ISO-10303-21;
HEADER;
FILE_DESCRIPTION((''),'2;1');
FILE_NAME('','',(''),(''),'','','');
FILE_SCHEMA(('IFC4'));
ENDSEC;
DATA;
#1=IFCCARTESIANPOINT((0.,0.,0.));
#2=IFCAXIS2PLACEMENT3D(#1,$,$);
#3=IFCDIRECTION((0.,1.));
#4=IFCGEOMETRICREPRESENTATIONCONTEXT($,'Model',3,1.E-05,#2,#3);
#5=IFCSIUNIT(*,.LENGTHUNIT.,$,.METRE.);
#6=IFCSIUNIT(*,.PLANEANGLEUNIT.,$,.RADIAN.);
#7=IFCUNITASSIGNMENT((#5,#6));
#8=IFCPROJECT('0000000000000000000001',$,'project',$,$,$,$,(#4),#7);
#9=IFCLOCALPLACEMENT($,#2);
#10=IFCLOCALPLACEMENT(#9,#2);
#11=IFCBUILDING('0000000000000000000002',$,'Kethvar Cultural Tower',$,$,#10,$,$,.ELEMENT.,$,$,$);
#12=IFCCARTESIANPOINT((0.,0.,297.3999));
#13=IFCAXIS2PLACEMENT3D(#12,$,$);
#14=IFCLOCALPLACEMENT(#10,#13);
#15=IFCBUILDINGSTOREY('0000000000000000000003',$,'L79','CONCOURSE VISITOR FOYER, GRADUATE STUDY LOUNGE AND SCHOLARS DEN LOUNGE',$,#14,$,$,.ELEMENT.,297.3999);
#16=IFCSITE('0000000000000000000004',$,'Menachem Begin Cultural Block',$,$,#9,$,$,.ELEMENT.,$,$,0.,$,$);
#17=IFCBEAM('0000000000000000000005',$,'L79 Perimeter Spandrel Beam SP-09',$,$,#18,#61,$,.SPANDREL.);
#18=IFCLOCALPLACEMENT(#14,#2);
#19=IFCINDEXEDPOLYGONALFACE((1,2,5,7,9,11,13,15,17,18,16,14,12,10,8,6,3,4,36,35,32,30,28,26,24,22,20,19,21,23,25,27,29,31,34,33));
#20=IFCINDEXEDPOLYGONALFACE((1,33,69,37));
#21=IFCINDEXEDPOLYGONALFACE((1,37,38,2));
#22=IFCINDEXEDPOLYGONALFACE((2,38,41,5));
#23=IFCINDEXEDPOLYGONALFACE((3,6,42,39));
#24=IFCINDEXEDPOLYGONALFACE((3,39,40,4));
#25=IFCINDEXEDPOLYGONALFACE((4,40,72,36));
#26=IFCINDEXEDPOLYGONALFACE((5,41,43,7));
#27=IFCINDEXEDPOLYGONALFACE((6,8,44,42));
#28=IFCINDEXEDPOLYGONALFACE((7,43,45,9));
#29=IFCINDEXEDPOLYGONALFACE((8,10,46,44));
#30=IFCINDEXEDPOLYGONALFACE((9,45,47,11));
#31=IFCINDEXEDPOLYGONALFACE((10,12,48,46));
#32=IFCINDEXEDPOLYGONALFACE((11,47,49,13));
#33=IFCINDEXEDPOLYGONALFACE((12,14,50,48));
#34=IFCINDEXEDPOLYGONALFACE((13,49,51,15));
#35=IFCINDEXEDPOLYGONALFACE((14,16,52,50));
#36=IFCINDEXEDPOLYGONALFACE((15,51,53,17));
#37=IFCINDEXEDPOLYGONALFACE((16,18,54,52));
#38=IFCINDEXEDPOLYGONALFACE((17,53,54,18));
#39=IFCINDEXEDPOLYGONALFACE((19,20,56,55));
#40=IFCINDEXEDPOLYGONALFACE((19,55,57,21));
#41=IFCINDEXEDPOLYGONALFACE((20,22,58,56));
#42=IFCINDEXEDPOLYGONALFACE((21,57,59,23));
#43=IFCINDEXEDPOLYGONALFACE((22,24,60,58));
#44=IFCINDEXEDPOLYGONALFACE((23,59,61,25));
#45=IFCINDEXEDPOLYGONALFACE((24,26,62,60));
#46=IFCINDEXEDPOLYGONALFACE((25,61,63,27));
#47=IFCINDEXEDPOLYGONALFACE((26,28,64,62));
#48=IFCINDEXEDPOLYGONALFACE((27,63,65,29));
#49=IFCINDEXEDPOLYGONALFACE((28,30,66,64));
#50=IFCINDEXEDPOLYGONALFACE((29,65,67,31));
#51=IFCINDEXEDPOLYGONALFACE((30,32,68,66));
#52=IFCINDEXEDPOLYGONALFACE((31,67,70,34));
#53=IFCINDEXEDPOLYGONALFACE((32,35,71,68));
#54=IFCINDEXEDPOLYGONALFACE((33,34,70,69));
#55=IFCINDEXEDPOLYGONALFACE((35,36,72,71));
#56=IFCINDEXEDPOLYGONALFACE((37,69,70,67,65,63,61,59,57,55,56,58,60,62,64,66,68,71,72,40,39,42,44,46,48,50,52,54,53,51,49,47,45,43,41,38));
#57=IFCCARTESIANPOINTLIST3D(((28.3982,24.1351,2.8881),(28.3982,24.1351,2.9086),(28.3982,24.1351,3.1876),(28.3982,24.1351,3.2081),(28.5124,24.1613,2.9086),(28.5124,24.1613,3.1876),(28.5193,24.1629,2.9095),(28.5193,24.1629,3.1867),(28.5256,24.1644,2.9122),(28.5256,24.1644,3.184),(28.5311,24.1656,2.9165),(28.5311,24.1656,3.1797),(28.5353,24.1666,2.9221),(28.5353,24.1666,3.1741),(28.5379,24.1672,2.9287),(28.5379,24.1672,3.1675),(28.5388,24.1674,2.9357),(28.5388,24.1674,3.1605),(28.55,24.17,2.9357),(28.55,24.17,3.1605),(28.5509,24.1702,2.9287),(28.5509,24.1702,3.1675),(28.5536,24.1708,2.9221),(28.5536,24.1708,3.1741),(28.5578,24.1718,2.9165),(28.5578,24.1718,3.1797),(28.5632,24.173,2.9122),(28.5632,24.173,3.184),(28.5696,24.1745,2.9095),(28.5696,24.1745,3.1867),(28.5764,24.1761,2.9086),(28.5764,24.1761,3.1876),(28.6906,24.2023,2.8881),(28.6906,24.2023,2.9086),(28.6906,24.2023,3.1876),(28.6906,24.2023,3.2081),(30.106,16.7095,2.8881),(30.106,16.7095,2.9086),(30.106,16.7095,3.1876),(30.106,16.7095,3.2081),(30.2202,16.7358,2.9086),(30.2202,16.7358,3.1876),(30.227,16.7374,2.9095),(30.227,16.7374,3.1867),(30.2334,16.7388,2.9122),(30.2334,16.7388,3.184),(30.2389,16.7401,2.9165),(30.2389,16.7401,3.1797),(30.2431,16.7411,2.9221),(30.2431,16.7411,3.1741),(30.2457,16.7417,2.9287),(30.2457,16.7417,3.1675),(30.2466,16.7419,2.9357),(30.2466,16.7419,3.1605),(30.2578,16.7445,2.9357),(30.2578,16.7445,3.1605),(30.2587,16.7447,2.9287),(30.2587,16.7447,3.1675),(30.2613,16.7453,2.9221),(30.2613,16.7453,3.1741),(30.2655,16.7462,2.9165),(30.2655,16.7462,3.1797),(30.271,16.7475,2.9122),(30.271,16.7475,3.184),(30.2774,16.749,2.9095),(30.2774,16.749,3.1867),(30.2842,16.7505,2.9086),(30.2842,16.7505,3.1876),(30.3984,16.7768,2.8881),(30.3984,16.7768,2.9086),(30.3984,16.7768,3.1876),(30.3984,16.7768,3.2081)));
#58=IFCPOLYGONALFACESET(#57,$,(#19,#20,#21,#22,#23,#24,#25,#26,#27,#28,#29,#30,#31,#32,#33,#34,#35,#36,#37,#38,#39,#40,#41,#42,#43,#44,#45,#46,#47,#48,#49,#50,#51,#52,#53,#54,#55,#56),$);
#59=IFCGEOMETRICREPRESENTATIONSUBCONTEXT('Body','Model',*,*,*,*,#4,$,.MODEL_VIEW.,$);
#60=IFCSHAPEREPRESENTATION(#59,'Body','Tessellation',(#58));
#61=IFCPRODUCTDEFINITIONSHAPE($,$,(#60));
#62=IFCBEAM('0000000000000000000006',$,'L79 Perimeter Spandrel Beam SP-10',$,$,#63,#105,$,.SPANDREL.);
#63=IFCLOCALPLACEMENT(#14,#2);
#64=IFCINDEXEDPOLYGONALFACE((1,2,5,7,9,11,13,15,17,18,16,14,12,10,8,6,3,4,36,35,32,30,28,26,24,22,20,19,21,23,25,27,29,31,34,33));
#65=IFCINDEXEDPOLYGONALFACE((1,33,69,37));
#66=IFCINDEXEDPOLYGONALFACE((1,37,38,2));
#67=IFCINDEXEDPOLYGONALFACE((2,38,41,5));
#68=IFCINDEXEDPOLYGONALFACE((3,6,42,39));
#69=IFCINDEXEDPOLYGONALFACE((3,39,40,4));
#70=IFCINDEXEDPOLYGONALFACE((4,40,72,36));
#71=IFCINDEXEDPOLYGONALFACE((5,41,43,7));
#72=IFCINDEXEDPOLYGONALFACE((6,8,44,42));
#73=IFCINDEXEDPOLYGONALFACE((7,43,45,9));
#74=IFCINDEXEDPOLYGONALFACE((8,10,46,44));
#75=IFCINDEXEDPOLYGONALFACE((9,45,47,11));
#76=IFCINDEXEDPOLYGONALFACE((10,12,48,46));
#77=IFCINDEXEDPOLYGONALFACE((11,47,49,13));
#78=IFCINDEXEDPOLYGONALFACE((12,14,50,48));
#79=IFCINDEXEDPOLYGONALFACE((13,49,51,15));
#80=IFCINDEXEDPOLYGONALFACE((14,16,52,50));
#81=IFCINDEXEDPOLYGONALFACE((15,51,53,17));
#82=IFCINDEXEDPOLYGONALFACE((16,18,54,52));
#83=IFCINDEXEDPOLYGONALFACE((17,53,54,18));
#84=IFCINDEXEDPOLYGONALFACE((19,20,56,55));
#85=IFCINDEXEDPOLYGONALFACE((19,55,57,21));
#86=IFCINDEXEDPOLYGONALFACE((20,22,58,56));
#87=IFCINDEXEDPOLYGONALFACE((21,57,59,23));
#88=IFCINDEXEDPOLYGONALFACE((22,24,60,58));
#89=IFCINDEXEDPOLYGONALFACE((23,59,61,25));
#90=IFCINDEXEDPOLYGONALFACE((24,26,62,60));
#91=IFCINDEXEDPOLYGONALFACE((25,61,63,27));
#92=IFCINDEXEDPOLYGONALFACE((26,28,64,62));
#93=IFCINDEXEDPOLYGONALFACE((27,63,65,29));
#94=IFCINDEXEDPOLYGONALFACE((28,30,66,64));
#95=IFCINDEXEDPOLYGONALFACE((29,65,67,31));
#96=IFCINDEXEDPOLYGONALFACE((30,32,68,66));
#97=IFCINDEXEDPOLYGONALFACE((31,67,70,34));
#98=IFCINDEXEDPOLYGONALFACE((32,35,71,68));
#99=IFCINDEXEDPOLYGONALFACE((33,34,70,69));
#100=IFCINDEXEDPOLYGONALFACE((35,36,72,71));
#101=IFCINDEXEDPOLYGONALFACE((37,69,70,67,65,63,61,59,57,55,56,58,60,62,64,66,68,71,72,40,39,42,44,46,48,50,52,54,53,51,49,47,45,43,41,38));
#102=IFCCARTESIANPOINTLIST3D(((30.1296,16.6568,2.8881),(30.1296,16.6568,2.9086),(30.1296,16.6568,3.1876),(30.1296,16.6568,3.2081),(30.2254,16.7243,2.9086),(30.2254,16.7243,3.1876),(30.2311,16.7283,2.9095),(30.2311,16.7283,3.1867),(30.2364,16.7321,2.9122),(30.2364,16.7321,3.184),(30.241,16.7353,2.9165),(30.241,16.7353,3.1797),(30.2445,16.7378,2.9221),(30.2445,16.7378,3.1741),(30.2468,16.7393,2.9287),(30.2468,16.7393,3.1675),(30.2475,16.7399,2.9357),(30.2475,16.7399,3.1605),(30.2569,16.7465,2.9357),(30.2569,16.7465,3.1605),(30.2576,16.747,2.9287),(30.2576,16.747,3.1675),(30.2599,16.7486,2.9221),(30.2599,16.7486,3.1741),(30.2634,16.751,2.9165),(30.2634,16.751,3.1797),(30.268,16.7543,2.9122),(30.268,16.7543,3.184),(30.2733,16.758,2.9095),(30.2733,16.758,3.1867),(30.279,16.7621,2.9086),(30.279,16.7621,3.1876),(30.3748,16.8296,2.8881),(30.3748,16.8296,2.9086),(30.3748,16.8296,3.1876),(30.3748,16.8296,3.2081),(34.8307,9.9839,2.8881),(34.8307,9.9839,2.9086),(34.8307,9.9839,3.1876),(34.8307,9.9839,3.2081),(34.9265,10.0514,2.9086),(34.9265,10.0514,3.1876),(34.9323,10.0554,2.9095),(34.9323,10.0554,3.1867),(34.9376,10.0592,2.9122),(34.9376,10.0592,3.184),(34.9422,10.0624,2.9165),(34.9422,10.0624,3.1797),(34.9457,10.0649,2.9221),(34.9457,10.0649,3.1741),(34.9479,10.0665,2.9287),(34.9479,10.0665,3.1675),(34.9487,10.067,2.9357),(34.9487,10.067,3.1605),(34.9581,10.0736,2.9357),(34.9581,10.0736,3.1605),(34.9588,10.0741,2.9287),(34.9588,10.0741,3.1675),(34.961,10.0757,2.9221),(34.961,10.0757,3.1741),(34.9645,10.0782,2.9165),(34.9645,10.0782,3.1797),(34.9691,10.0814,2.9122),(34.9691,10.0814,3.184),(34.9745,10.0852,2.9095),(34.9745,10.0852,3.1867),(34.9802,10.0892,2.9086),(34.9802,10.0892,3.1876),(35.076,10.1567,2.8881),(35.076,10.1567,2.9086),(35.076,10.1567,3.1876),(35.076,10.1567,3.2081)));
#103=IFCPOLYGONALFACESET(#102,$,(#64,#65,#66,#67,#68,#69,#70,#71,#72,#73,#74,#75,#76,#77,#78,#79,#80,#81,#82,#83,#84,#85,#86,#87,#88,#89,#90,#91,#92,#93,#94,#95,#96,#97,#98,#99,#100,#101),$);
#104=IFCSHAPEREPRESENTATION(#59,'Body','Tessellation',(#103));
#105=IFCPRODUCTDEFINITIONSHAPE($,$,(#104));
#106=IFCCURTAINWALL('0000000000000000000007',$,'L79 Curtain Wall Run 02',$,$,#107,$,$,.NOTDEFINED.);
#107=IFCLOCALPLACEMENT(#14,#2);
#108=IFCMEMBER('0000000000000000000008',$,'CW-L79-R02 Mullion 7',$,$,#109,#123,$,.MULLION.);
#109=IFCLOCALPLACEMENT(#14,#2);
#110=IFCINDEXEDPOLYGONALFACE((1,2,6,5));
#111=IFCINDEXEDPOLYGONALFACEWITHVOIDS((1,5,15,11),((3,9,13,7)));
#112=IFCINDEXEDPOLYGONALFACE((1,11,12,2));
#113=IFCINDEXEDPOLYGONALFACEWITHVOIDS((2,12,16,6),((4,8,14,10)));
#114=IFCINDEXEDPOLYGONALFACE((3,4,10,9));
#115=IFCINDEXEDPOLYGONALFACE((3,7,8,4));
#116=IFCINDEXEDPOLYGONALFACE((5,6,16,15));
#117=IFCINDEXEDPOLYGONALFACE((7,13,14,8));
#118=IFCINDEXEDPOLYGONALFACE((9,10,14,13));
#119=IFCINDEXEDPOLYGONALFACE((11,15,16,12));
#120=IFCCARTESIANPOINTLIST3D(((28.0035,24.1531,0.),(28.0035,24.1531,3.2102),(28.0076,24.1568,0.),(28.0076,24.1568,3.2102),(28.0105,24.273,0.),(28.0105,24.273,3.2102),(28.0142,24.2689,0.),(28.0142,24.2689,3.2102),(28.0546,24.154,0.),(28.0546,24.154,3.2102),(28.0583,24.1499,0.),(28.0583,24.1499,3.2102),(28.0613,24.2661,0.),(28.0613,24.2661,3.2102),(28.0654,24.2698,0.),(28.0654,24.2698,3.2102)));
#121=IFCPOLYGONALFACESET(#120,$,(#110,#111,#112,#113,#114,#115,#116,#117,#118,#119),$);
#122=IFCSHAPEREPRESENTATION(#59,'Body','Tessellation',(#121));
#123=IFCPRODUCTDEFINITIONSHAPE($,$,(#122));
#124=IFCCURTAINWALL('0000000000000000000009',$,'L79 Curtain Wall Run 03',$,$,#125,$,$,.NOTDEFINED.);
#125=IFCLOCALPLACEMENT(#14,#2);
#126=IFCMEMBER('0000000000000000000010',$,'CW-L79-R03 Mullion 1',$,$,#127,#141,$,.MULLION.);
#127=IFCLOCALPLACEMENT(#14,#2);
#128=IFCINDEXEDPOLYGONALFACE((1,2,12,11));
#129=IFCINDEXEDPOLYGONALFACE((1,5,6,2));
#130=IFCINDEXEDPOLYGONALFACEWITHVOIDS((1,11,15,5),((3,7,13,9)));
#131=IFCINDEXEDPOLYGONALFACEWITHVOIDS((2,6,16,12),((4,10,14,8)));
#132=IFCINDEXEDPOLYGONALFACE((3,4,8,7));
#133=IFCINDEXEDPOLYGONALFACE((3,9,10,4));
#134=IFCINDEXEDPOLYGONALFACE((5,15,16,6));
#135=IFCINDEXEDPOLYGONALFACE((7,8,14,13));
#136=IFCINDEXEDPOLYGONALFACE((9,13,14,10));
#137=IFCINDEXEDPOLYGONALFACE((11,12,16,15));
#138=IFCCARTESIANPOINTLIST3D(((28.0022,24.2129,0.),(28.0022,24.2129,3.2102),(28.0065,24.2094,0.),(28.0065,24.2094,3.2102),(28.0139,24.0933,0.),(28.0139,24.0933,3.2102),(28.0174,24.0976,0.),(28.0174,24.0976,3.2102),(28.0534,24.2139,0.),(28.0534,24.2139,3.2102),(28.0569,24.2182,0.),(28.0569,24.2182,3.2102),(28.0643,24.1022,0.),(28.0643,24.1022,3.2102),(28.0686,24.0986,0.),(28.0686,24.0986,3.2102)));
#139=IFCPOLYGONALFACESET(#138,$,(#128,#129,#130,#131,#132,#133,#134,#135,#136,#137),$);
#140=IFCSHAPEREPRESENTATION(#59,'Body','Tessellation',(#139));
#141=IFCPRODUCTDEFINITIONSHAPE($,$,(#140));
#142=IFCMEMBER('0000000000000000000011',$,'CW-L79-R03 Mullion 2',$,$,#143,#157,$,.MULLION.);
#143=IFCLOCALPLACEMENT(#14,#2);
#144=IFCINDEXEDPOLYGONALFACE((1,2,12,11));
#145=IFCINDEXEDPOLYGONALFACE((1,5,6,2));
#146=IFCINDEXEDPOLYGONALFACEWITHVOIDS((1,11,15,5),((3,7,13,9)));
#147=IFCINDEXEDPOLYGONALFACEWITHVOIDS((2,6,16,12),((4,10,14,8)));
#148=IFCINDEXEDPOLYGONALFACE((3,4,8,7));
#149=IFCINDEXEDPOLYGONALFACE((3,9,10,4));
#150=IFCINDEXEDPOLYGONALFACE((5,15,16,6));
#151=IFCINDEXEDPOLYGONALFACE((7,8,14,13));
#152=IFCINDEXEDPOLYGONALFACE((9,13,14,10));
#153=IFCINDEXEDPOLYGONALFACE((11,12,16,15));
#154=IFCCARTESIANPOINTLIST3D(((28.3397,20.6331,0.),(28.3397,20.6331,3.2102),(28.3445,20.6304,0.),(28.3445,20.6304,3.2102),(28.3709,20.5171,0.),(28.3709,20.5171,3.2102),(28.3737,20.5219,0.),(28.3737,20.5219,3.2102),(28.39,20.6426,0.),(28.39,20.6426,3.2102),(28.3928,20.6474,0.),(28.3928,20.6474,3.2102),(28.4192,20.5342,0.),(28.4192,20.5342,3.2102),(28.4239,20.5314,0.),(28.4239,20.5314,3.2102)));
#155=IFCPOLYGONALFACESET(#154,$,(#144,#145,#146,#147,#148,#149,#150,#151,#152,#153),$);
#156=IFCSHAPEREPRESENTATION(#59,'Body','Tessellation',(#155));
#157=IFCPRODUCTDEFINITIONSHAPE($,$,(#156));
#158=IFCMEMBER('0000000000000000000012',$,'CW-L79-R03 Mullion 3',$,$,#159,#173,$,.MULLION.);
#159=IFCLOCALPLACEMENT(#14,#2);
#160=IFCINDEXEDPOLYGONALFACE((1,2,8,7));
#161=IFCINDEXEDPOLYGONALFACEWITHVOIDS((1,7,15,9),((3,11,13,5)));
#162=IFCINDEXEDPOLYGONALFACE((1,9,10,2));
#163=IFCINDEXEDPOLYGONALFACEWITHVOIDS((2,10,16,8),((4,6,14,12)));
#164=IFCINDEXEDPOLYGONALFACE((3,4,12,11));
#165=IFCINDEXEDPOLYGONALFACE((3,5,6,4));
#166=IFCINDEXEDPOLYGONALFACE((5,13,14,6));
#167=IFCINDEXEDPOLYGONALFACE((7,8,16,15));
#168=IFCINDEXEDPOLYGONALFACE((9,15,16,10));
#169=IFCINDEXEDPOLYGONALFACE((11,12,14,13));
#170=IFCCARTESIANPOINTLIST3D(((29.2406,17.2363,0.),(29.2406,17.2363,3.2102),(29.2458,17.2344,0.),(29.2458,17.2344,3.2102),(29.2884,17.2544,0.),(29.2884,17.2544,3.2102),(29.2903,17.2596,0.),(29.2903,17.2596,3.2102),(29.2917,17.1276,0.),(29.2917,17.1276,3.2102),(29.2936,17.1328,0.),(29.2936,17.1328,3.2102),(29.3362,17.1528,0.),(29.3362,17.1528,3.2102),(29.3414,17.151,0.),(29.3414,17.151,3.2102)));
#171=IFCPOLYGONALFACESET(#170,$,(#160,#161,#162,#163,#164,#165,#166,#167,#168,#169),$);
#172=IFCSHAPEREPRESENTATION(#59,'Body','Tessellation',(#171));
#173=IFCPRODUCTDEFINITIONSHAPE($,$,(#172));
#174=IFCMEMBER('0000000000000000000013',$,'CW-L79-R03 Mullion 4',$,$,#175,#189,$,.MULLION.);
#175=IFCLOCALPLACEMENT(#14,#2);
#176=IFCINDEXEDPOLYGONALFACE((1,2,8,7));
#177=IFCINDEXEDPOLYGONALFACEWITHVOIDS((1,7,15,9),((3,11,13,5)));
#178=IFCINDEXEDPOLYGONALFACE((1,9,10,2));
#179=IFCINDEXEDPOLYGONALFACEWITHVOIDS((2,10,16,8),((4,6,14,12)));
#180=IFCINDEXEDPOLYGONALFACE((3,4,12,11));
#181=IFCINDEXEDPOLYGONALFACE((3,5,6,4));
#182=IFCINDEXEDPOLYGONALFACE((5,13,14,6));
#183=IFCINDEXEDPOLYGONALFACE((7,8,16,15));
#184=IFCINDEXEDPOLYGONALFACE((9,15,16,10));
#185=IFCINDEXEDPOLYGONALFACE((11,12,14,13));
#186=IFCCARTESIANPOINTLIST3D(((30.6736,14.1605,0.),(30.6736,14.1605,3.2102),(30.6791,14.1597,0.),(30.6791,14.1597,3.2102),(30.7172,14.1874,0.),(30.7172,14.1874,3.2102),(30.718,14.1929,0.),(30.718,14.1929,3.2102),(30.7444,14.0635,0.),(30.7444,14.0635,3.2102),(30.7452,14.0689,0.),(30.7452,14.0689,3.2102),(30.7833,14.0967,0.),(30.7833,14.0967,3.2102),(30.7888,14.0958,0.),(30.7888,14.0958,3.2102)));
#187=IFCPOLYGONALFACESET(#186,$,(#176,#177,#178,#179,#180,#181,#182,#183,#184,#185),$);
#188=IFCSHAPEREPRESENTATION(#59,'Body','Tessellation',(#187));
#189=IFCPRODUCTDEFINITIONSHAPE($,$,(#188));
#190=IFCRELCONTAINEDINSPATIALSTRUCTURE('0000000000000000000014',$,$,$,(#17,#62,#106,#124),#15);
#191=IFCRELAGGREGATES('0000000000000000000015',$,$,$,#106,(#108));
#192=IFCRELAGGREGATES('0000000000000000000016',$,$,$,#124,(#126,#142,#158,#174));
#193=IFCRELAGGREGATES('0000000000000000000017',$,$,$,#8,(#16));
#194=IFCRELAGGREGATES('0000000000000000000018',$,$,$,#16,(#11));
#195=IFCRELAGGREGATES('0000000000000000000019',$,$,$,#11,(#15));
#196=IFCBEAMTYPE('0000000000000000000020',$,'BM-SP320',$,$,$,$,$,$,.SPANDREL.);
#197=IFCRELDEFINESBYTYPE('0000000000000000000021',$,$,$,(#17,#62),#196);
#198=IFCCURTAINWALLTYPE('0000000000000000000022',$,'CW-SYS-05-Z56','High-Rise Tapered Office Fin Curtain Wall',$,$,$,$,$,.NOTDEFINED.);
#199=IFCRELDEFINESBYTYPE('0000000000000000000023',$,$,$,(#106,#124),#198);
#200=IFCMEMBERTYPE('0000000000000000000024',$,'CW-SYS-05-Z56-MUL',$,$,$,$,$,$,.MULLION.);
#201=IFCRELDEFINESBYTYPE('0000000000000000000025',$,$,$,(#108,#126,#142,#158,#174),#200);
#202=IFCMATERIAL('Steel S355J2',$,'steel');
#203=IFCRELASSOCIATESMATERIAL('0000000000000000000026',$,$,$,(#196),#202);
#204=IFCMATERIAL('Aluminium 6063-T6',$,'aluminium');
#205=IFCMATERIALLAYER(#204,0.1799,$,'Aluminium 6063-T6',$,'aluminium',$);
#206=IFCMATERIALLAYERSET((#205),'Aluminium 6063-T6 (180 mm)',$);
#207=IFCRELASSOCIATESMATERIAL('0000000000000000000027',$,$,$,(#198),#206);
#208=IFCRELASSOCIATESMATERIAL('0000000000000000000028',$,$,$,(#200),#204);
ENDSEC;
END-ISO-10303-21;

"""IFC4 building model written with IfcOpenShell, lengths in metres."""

from ifc_helpers import new_model, si_unit, direction, frame, origin, origin_2d, place, context, subcontext, project, spatial, hollow_rectangle, i_section, extrude, source, transform, mapped, material, layer, layer_set, material_profile, profile_set, type_object, element, aggregate, save


model = new_model("IFC4")

# Units and contexts
model_context = context("Model", 3, precision=1e-05, world=origin(), true_north=direction((0.0, 1.0)))
body_context = subcontext(model_context, "Body", "Model", "MODEL_VIEW")
ifc_project = project(units=[si_unit("LENGTHUNIT", "METRE"), si_unit("PLANEANGLEUNIT", "RADIAN")], contexts=[model_context])

# Site, building, storey
site_placement = place(None, origin())
site = spatial("IfcSite", under=ifc_project, at=site_placement, Name="Menachem Begin Cultural Block", CompositionType="ELEMENT", RefElevation=0.0)
building_placement = place(site_placement, origin())
building = spatial("IfcBuilding", under=site, at=building_placement, Name="Kethvar Cultural Tower", CompositionType="ELEMENT")
storey_placement = place(building_placement, frame((0.0, 0.0, 297.3999)))
storey = spatial("IfcBuildingStorey", under=building, at=storey_placement, Name="L79", Description="CONCOURSE VISITOR FOYER, GRADUATE STUDY LOUNGE AND SCHOLARS DEN LOUNGE", CompositionType="ELEMENT", Elevation=297.3999)

# Beams
ifc_material_1 = material(Name="Steel S355J2", Category="steel")
ifc_material_profile_1 = material_profile(ifc_material_1, i_section(OverallWidth=0.3, OverallDepth=0.3201, WebThickness=0.0115, FlangeThickness=0.0205, FilletRadius=0.0271, at=origin_2d()), Name="Steel S355J2 — HEB320")
ifc_profile_set_1 = profile_set([ifc_material_profile_1], Name="Steel S355J2 — HEB320")
beam_type = type_object("IfcBeamType", Name="BM-SP320", PredefinedType="SPANDREL", material=ifc_profile_set_1)
shared_shape_1 = source(origin(), body_context, "Body", "SweptSolid", [
    extrude(i_section(OverallWidth=0.3, OverallDepth=0.3201, WebThickness=0.0115, FlangeThickness=0.0205, FilletRadius=0.0271, at=origin_2d()), origin(), (0.0, 0.0, 1.0), 7.6194),
])
beam_1_placement = place(storey_placement, frame((28.5444, 24.1687, 3.0481), z_axis=(0.224134, -0.974558, 0.0), x_axis=(0.974558, 0.224134, 0.0)))
element("IfcBeam", 1, at=beam_1_placement, inside=storey, type_object=beam_type, Name="L79 Perimeter Spandrel Beam SP-09", PredefinedType="SPANDREL", context=body_context, shape_type="MappedRepresentation", body=[
    mapped(shared_shape_1, transform((0.0, 0.0, 0.0), scale=1.0)),
])
shared_shape_2 = source(origin(), body_context, "Body", "SweptSolid", [
    extrude(i_section(OverallWidth=0.3, OverallDepth=0.3201, WebThickness=0.0115, FlangeThickness=0.0205, FilletRadius=0.0271, at=origin_2d()), origin(), (0.0, 0.0, 1.0), 8.1626),
])
beam_2_placement = place(storey_placement, frame((30.2522, 16.7432, 3.0481), z_axis=(0.575941, -0.817491, 0.0), x_axis=(0.817491, 0.575941, 0.0)))
element("IfcBeam", 2, at=beam_2_placement, inside=storey, type_object=beam_type, Name="L79 Perimeter Spandrel Beam SP-10", PredefinedType="SPANDREL", context=body_context, shape_type="MappedRepresentation", body=[
    mapped(shared_shape_2, transform((0.0, 0.0, 0.0), scale=1.0)),
])

# Curtain wall, member
ifc_material_2 = material(Name="Aluminium 6063-T6", Category="aluminium")
ifc_layer_1 = layer(ifc_material_2, 0.1799, Name="Aluminium 6063-T6", Category="aluminium")
ifc_layer_set_1 = layer_set([ifc_layer_1], Name="Aluminium 6063-T6 (180 mm)")
curtain_wall_type = type_object("IfcCurtainWallType", Name="CW-SYS-05-Z56", Description="High-Rise Tapered Office Fin Curtain Wall", PredefinedType="NOTDEFINED", material=ifc_layer_set_1)
curtain_wall_1_placement = place(storey_placement, origin())
curtain_wall_1 = element("IfcCurtainWall", 3, at=curtain_wall_1_placement, inside=storey, type_object=curtain_wall_type, Name="L79 Curtain Wall Run 02", PredefinedType="NOTDEFINED")
ifc_material_profile_2 = material_profile(ifc_material_2, hollow_rectangle(XDim=0.0549, YDim=0.1201, WallThickness=0.0039, at=origin_2d()), Name="Aluminium 6063-T6 — RHS120x55x4")
ifc_profile_set_2 = profile_set([ifc_material_profile_2], Name="Aluminium 6063-T6 — RHS120x55x4")
member_type_1 = type_object("IfcMemberType", Name="CW-SYS-05-Z56-MUL", PredefinedType="MULLION", material=ifc_profile_set_2)
shared_shape_3 = source(origin(), body_context, "Body", "SweptSolid", [
    extrude(hollow_rectangle(XDim=0.0549, YDim=0.1201, WallThickness=0.0039, at=origin_2d()), origin(), (0.0, 0.0, 1.0), 3.2102),
])
member_1_placement = place(storey_placement, frame((28.0344, 24.2114, 0.0), z_axis=(0.0, 0.0, 1.0), x_axis=(0.99826, -0.058958, 0.0)))
member_1 = element("IfcMember", 4, at=member_1_placement, type_object=member_type_1, Name="CW-L79-R02 Mullion 7", PredefinedType="MULLION", context=body_context, shape_type="MappedRepresentation", body=[
    mapped(shared_shape_3, transform((0.0, 0.0, 0.0), scale=1.0)),
])
aggregate(curtain_wall_1, [member_1])

# Curtain wall, members
curtain_wall_2_placement = place(storey_placement, origin())
curtain_wall_2 = element("IfcCurtainWall", 5, at=curtain_wall_2_placement, inside=storey, type_object=curtain_wall_type, Name="L79 Curtain Wall Run 03", PredefinedType="NOTDEFINED")
member_2_placement = place(storey_placement, frame((28.0354, 24.1558, 0.0), z_axis=(0.0, 0.0, 1.0), x_axis=(0.9953, 0.096836, 0.0)))
member_2 = element("IfcMember", 6, at=member_2_placement, type_object=member_type_1, Name="CW-L79-R03 Mullion 1", PredefinedType="MULLION", context=body_context, shape_type="MappedRepresentation", body=[
    mapped(shared_shape_3, transform((0.0, 0.0, 0.0), scale=1.0)),
])
member_3_placement = place(storey_placement, frame((28.3818, 20.5823, 0.0), z_axis=(0.0, 0.0, 1.0), x_axis=(0.965731, 0.259544, 0.0)))
member_3 = element("IfcMember", 7, at=member_3_placement, type_object=member_type_1, Name="CW-L79-R03 Mullion 2", PredefinedType="MULLION", context=body_context, shape_type="MappedRepresentation", body=[
    mapped(shared_shape_3, transform((0.0, 0.0, 0.0), scale=1.0)),
])
member_4_placement = place(storey_placement, frame((29.291, 17.1936, 0.0), z_axis=(0.0, 0.0, 1.0), x_axis=(0.904842, 0.425748, 0.0)))
member_4 = element("IfcMember", 8, at=member_4_placement, type_object=member_type_1, Name="CW-L79-R03 Mullion 3", PredefinedType="MULLION", context=body_context, shape_type="MappedRepresentation", body=[
    mapped(shared_shape_3, transform((0.0, 0.0, 0.0), scale=1.0)),
])
member_5_placement = place(storey_placement, frame((30.7312, 14.1282, 0.0), z_axis=(0.0, 0.0, 1.0), x_axis=(0.808319, 0.588745, 0.0)))
member_5 = element("IfcMember", 9, at=member_5_placement, type_object=member_type_1, Name="CW-L79-R03 Mullion 4", PredefinedType="MULLION", context=body_context, shape_type="MappedRepresentation", body=[
    mapped(shared_shape_3, transform((0.0, 0.0, 0.0), scale=1.0)),
])
aggregate(curtain_wall_2, [member_2, member_3, member_4, member_5])

save(model, "model.ifc")
